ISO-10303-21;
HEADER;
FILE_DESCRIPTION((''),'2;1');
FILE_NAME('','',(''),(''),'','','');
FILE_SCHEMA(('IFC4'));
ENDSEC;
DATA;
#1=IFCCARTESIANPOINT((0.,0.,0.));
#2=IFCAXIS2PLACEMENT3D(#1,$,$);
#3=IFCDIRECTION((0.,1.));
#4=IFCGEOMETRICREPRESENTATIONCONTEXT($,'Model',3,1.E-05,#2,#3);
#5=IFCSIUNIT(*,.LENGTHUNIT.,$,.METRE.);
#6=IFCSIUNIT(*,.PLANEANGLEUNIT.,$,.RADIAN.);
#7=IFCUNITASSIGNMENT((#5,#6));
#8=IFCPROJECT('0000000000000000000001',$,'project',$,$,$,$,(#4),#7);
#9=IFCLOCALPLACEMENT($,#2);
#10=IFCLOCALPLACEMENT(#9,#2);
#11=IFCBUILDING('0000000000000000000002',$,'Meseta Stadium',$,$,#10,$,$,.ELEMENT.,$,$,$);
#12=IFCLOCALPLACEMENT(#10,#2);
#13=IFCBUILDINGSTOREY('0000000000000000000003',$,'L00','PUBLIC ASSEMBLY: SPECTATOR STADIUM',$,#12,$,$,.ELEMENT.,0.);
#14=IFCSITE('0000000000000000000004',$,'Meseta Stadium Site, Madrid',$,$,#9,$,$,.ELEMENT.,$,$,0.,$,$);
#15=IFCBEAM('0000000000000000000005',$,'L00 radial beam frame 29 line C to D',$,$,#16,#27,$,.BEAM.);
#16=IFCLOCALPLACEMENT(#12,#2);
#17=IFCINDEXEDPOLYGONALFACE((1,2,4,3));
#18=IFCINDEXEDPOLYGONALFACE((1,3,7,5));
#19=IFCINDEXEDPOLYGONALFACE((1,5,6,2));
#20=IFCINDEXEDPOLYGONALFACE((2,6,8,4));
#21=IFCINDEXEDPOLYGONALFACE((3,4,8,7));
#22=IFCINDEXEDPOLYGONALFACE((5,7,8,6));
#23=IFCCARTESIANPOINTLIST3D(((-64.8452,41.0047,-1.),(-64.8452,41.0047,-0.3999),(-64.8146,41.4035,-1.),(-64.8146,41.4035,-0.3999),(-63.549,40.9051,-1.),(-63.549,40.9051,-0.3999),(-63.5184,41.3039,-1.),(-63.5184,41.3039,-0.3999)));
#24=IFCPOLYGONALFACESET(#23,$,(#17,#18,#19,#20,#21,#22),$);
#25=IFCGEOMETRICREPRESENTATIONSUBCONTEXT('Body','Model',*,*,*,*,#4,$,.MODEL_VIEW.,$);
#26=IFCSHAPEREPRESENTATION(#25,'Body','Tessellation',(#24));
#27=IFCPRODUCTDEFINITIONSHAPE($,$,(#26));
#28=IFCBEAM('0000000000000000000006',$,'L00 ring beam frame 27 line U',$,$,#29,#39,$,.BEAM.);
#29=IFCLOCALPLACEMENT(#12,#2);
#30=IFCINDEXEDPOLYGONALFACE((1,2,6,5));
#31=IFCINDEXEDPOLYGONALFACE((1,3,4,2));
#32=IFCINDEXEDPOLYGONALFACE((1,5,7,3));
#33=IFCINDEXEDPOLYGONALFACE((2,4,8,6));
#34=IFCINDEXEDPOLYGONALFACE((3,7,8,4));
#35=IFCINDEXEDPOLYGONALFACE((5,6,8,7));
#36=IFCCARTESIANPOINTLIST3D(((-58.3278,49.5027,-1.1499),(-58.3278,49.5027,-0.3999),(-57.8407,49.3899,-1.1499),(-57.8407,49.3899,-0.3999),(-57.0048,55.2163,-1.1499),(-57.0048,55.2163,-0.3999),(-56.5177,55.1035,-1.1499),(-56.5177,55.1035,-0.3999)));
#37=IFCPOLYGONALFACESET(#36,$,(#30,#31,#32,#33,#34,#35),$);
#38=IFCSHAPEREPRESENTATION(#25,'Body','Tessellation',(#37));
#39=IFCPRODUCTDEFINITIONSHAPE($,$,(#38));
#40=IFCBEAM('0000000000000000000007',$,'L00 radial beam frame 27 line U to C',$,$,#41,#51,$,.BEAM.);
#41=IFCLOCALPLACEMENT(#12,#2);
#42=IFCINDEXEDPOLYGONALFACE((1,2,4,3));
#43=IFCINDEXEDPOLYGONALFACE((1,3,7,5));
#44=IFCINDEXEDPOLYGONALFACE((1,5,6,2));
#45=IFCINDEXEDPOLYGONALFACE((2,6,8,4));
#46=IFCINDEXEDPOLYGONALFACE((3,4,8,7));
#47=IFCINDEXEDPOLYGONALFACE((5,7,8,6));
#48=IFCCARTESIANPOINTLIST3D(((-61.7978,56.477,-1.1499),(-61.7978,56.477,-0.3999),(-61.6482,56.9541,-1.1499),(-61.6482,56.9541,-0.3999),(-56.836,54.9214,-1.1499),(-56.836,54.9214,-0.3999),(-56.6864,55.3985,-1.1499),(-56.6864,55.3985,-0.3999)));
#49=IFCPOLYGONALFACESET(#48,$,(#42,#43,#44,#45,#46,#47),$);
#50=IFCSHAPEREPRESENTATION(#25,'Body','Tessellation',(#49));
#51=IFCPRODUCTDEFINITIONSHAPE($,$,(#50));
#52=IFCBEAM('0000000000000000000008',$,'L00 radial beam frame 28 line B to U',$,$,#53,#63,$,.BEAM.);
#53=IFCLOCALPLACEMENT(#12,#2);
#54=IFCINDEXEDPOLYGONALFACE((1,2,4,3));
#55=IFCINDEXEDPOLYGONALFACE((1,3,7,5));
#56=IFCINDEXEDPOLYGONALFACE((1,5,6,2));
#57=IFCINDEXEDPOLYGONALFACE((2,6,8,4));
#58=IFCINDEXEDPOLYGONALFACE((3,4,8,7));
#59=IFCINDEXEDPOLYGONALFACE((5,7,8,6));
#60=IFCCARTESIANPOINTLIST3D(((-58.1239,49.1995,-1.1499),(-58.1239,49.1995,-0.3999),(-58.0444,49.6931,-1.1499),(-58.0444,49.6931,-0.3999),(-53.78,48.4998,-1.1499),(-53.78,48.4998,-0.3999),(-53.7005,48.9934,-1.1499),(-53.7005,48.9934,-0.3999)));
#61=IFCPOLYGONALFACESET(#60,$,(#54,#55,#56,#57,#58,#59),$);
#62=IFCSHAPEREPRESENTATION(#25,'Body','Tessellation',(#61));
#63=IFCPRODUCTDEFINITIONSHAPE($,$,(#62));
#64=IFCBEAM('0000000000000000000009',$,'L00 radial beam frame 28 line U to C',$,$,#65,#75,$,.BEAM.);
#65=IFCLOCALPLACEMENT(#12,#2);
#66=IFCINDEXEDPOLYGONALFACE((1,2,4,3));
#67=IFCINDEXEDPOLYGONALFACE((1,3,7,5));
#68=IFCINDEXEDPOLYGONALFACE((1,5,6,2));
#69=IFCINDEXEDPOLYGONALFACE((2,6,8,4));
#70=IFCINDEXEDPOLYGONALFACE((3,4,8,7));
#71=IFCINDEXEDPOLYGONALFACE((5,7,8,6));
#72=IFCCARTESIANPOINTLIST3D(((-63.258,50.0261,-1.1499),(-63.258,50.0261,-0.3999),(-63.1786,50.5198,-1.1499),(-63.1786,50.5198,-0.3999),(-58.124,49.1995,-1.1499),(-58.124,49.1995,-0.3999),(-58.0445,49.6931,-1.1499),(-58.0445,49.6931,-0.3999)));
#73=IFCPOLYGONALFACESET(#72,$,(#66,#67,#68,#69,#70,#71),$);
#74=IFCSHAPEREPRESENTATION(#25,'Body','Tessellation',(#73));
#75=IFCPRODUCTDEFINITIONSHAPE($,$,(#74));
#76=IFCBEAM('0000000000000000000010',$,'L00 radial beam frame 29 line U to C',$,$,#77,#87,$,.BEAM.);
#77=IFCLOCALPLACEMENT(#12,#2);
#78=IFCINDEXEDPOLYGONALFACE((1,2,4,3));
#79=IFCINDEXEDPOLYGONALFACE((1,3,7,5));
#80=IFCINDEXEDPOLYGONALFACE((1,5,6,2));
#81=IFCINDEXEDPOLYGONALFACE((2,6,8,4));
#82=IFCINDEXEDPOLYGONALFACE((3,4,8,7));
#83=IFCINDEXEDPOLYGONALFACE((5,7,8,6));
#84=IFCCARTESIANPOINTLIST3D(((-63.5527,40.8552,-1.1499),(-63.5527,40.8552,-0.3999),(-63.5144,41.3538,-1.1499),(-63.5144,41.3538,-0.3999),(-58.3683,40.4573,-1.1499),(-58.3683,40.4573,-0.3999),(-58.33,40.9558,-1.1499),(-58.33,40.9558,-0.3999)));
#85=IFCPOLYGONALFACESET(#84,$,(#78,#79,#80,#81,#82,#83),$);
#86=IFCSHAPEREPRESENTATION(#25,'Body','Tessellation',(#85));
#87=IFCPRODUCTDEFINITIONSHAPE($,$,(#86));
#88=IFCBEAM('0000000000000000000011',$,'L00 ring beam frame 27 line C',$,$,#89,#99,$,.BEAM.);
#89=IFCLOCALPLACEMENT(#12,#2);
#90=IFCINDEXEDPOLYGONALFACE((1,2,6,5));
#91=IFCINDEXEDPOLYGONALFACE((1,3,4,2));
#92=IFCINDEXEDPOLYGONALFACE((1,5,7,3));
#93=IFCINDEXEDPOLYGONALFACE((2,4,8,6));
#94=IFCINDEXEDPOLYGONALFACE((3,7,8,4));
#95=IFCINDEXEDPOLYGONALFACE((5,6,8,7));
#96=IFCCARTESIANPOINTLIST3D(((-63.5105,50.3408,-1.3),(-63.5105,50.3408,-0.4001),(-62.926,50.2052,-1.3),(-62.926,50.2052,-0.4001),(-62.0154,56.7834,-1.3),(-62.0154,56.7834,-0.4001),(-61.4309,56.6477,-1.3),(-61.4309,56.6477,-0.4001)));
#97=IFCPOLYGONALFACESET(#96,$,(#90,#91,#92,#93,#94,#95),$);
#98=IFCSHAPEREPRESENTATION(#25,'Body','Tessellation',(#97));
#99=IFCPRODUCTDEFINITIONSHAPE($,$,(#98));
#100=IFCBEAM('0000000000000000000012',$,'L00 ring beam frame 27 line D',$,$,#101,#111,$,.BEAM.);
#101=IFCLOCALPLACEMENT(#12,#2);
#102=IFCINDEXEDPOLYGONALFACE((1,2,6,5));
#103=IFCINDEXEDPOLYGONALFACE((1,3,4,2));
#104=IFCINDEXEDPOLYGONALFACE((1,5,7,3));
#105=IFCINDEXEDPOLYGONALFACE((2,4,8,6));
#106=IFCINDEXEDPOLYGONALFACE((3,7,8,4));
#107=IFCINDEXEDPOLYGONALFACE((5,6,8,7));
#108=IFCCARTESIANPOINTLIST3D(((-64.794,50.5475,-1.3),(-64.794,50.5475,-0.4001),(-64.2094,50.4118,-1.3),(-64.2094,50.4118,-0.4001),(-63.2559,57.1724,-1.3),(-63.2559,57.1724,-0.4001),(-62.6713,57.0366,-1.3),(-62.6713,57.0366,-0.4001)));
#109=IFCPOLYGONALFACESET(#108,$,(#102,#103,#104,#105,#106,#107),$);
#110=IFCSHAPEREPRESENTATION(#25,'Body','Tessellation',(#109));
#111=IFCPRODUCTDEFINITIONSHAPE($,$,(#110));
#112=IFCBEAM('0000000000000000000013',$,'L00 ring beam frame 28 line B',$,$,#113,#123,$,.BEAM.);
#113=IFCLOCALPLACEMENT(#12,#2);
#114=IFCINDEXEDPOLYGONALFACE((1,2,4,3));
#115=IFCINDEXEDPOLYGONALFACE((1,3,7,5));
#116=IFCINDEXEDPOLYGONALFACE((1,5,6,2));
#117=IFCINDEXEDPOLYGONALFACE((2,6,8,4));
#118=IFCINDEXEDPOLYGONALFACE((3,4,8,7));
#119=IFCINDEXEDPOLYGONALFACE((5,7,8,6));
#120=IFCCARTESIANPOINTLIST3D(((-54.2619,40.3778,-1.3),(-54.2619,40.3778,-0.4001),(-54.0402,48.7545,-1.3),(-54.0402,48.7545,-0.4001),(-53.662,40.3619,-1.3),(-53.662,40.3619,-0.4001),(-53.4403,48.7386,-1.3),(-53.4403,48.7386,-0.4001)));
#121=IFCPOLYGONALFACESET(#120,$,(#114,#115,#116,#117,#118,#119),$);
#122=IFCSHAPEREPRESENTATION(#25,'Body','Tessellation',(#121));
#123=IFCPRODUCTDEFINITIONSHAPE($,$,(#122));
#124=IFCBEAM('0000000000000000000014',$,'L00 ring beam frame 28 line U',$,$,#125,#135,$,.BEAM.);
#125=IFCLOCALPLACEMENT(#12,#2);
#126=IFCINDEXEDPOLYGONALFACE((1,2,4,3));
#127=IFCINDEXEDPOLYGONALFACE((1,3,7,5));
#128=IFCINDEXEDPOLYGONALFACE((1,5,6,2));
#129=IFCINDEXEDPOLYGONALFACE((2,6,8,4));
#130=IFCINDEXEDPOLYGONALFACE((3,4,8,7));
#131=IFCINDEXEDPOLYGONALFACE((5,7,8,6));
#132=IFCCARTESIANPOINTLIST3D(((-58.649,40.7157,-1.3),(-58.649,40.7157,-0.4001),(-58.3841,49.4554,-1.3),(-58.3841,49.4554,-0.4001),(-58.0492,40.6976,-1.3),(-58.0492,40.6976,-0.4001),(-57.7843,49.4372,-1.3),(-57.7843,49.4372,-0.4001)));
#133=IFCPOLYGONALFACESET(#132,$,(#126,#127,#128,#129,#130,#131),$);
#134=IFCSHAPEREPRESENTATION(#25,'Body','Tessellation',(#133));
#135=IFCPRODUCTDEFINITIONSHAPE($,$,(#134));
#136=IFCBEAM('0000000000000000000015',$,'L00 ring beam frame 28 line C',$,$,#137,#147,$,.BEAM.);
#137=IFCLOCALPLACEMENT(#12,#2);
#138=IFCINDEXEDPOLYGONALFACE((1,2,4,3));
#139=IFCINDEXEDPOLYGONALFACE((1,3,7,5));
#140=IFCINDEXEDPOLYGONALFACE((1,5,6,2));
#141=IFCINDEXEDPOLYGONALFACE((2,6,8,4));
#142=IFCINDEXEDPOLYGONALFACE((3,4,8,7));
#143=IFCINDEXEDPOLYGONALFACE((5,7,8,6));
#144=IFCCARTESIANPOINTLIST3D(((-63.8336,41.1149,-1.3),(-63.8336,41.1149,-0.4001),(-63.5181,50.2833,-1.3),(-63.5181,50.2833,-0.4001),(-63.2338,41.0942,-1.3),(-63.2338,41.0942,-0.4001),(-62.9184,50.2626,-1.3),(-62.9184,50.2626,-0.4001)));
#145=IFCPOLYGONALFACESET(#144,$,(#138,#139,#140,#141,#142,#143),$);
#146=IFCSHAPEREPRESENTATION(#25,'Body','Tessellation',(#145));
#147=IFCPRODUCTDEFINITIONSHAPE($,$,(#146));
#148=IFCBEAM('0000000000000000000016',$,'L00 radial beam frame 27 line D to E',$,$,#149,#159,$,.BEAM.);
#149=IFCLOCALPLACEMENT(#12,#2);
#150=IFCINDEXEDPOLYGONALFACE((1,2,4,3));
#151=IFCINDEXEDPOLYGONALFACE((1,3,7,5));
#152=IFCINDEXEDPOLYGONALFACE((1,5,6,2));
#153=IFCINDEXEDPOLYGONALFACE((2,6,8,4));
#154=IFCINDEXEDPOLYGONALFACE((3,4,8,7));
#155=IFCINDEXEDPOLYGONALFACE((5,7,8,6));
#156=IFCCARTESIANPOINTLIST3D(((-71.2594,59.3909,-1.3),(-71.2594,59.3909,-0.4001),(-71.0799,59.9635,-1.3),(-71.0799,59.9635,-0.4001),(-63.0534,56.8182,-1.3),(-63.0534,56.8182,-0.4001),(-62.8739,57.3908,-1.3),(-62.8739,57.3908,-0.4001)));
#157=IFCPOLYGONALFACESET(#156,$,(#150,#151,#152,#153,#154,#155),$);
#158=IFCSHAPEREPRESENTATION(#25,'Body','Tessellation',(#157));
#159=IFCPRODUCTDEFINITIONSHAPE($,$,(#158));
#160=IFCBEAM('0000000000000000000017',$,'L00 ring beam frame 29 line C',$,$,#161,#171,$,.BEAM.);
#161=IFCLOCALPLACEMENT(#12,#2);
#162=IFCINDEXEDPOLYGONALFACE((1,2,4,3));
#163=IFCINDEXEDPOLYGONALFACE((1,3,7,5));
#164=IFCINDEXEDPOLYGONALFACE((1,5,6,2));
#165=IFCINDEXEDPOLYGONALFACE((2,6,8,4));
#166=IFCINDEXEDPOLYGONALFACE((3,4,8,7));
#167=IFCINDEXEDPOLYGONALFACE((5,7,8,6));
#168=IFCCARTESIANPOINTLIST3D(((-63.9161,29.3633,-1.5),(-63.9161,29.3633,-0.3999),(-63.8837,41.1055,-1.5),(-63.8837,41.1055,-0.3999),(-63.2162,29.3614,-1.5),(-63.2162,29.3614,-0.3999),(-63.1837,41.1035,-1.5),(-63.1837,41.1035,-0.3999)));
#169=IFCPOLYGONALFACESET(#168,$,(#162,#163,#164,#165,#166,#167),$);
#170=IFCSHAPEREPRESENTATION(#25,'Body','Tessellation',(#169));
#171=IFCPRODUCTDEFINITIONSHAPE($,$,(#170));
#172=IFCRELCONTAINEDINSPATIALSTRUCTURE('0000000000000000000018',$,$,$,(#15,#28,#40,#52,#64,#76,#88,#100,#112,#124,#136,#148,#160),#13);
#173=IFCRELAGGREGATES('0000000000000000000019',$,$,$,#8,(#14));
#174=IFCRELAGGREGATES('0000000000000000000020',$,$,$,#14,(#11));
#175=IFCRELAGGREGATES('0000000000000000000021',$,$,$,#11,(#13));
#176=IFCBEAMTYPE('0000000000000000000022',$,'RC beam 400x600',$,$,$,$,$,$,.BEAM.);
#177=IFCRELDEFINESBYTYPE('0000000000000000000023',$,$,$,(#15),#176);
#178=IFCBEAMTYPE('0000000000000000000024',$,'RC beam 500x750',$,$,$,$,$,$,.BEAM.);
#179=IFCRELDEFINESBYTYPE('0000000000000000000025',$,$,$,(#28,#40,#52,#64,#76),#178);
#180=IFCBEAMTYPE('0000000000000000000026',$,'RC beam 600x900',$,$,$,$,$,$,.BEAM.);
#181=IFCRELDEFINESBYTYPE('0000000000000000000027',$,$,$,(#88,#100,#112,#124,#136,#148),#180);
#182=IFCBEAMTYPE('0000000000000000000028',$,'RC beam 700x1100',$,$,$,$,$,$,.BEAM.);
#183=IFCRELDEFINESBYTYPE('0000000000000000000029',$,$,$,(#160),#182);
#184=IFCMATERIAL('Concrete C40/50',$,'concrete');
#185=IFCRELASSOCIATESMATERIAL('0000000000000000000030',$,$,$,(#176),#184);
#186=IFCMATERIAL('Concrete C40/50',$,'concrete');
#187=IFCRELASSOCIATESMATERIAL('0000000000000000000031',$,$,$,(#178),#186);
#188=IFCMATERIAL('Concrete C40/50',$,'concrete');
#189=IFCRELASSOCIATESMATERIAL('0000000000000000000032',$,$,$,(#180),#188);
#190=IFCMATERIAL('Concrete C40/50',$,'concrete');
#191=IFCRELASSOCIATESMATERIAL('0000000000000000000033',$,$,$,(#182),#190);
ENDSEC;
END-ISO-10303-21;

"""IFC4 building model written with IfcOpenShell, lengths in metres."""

from ifc_helpers import new_model, si_unit, direction, frame, origin, origin_2d, place, context, subcontext, project, spatial, rectangle, extrude, material, material_profile, profile_set, type_object, element, save


model = new_model("IFC4")

# Units and contexts
model_context = context("Model", 3, precision=1e-05, world=origin(), true_north=direction((0.0, 1.0)))
body_context = subcontext(model_context, "Body", "Model", "MODEL_VIEW")
ifc_project = project(units=[si_unit("LENGTHUNIT", "METRE"), si_unit("PLANEANGLEUNIT", "RADIAN")], contexts=[model_context])

# Site, building, storey
site_placement = place(None, origin())
site = spatial("IfcSite", under=ifc_project, at=site_placement, Name="Meseta Stadium Site, Madrid", CompositionType="ELEMENT", RefElevation=0.0)
building_placement = place(site_placement, origin())
building = spatial("IfcBuilding", under=site, at=building_placement, Name="Meseta Stadium", CompositionType="ELEMENT")
storey_placement = place(building_placement, origin())
storey = spatial("IfcBuildingStorey", under=building, at=storey_placement, Name="L00", Description="PUBLIC ASSEMBLY: SPECTATOR STADIUM", CompositionType="ELEMENT", Elevation=0.0)

# Beams
ifc_material_1 = material(Name="Concrete C40/50", Category="concrete")
ifc_material_profile_1 = material_profile(ifc_material_1, rectangle(XDim=0.3999, YDim=0.6001, at=origin_2d()), Name="RC 400x600")
ifc_profile_set_1 = profile_set([ifc_material_profile_1], Name="Concrete C40/50")
beam_type_1 = type_object("IfcBeamType", Name="RC beam 400x600", PredefinedType="BEAM", material=ifc_profile_set_1)
for number, where, z_axis, x_axis, name in (
    (1, (-63.5337, 41.1045, -0.7), (-0.99706, 0.076625, 0.0), (-0.076625, -0.99706, 0.0), "L00 radial beam frame 29 line C to D"),
):
    element("IfcBeam", number, at=place(storey_placement, frame(where, z_axis=z_axis, x_axis=x_axis)), inside=storey, type_object=beam_type_1, Name=name, PredefinedType="BEAM", context=body_context, shape_type="SweptSolid", body=[
        extrude(rectangle(XDim=0.3999, YDim=0.6001, at=origin_2d()), origin(), (0.0, 0.0, 1.0), 1.3),
    ])
ifc_material_2 = material(Name="Concrete C40/50", Category="concrete")
ifc_material_profile_2 = material_profile(ifc_material_2, rectangle(XDim=0.5, YDim=0.75, at=origin_2d()), Name="RC 500x750")
ifc_profile_set_2 = profile_set([ifc_material_profile_2], Name="Concrete C40/50")
beam_type_2 = type_object("IfcBeamType", Name="RC beam 500x750", PredefinedType="BEAM", material=ifc_profile_set_2)
beam_1_placement = place(storey_placement, frame((-56.7612, 55.1599, -0.7749), z_axis=(-0.225583, -0.974224, 0.0), x_axis=(0.974224, -0.225583, 0.0)))
element("IfcBeam", 2, at=beam_1_placement, inside=storey, type_object=beam_type_2, Name="L00 ring beam frame 27 line U", PredefinedType="BEAM", context=body_context, shape_type="SweptSolid", body=[
    extrude(rectangle(XDim=0.5, YDim=0.75, at=origin_2d()), origin(), (0.0, 0.0, 1.0), 5.8647),
])
beam_2_placement = place(storey_placement, frame((-56.7612, 55.1599, -0.7749), z_axis=(-0.954202, 0.299162, 0.0), x_axis=(-0.299162, -0.954202, 0.0)))
element("IfcBeam", 3, at=beam_2_placement, inside=storey, type_object=beam_type_2, Name="L00 radial beam frame 27 line U to C", PredefinedType="BEAM", context=body_context, shape_type="SweptSolid", body=[
    extrude(rectangle(XDim=0.5, YDim=0.75, at=origin_2d()), origin(), (0.0, 0.0, 1.0), 5.2),
])
beam_3_placement = place(storey_placement, frame((-53.7402, 48.7466, -0.7749), z_axis=(-0.987275, 0.159025, 0.0), x_axis=(-0.159025, -0.987275, 0.0)))
element("IfcBeam", 4, at=beam_3_placement, inside=storey, type_object=beam_type_2, Name="L00 radial beam frame 28 line B to U", PredefinedType="BEAM", context=body_context, shape_type="SweptSolid", body=[
    extrude(rectangle(XDim=0.5, YDim=0.75, at=origin_2d()), origin(), (0.0, 0.0, 1.0), 4.3999),
])
beam_4_placement = place(storey_placement, frame((-58.0842, 49.4463, -0.7749), z_axis=(-0.987284, 0.158968, 0.0), x_axis=(-0.158968, -0.987284, 0.0)))
element("IfcBeam", 5, at=beam_4_placement, inside=storey, type_object=beam_type_2, Name="L00 radial beam frame 28 line U to C", PredefinedType="BEAM", context=body_context, shape_type="SweptSolid", body=[
    extrude(rectangle(XDim=0.5, YDim=0.75, at=origin_2d()), origin(), (0.0, 0.0, 1.0), 5.2002),
])
beam_5_placement = place(storey_placement, frame((-58.3491, 40.7065, -0.7749), z_axis=(-0.997067, 0.076531, 0.0), x_axis=(-0.076531, -0.997067, 0.0)))
element("IfcBeam", 6, at=beam_5_placement, inside=storey, type_object=beam_type_2, Name="L00 radial beam frame 29 line U to C", PredefinedType="BEAM", context=body_context, shape_type="SweptSolid", body=[
    extrude(rectangle(XDim=0.5, YDim=0.75, at=origin_2d()), origin(), (0.0, 0.0, 1.0), 5.1997),
])
ifc_material_3 = material(Name="Concrete C40/50", Category="concrete")
ifc_material_profile_3 = material_profile(ifc_material_3, rectangle(XDim=0.6001, YDim=0.8999, at=origin_2d()), Name="RC 600x900")
ifc_profile_set_3 = profile_set([ifc_material_profile_3], Name="Concrete C40/50")
beam_type_3 = type_object("IfcBeamType", Name="RC beam 600x900", PredefinedType="BEAM", material=ifc_profile_set_3)
beam_6_placement = place(storey_placement, frame((-61.7231, 56.7156, -0.8501), z_axis=(-0.226059, -0.974114, 0.0), x_axis=(0.974114, -0.226059, 0.0)))
element("IfcBeam", 7, at=beam_6_placement, inside=storey, type_object=beam_type_3, Name="L00 ring beam frame 27 line C", PredefinedType="BEAM", context=body_context, shape_type="SweptSolid", body=[
    extrude(rectangle(XDim=0.6001, YDim=0.8999, at=origin_2d()), origin(), (0.0, 0.0, 1.0), 6.6138),
])
beam_7_placement = place(storey_placement, frame((-62.9636, 57.1045, -0.8501), z_axis=(-0.226157, -0.974091, 0.0), x_axis=(0.974091, -0.226157, 0.0)))
element("IfcBeam", 8, at=beam_7_placement, inside=storey, type_object=beam_type_3, Name="L00 ring beam frame 27 line D", PredefinedType="BEAM", context=body_context, shape_type="SweptSolid", body=[
    extrude(rectangle(XDim=0.6001, YDim=0.8999, at=origin_2d()), origin(), (0.0, 0.0, 1.0), 6.801),
])
beam_8_placement = place(storey_placement, frame((-53.7402, 48.7466, -0.8501), z_axis=(-0.026455, -0.99965, 0.0), x_axis=(0.99965, -0.026455, 0.0)))
element("IfcBeam", 9, at=beam_8_placement, inside=storey, type_object=beam_type_3, Name="L00 ring beam frame 28 line B", PredefinedType="BEAM", context=body_context, shape_type="SweptSolid", body=[
    extrude(rectangle(XDim=0.6001, YDim=0.8999, at=origin_2d()), origin(), (0.0, 0.0, 1.0), 8.3796),
])
beam_9_placement = place(storey_placement, frame((-58.0842, 49.4463, -0.8501), z_axis=(-0.030295, -0.999541, 0.0), x_axis=(0.999541, -0.030295, 0.0)))
element("IfcBeam", 10, at=beam_9_placement, inside=storey, type_object=beam_type_3, Name="L00 ring beam frame 28 line U", PredefinedType="BEAM", context=body_context, shape_type="SweptSolid", body=[
    extrude(rectangle(XDim=0.6001, YDim=0.8999, at=origin_2d()), origin(), (0.0, 0.0, 1.0), 8.7437),
])
beam_10_placement = place(storey_placement, frame((-63.2183, 50.2729, -0.8501), z_axis=(-0.034383, -0.999409, 0.0), x_axis=(0.999409, -0.034383, 0.0)))
element("IfcBeam", 11, at=beam_10_placement, inside=storey, type_object=beam_type_3, Name="L00 ring beam frame 28 line C", PredefinedType="BEAM", context=body_context, shape_type="SweptSolid", body=[
    extrude(rectangle(XDim=0.6001, YDim=0.8999, at=origin_2d()), origin(), (0.0, 0.0, 1.0), 9.1738),
])
beam_11_placement = place(storey_placement, frame((-62.9636, 57.1045, -0.8501), z_axis=(-0.954203, 0.299161, 0.0), x_axis=(-0.299161, -0.954203, 0.0)))
element("IfcBeam", 12, at=beam_11_placement, inside=storey, type_object=beam_type_3, Name="L00 radial beam frame 27 line D to E", PredefinedType="BEAM", context=body_context, shape_type="SweptSolid", body=[
    extrude(rectangle(XDim=0.6001, YDim=0.8999, at=origin_2d()), origin(), (0.0, 0.0, 1.0), 8.5999),
])
ifc_material_4 = material(Name="Concrete C40/50", Category="concrete")
ifc_material_profile_4 = material_profile(ifc_material_4, rectangle(XDim=0.7, YDim=1.1001, at=origin_2d()), Name="RC 700x1100")
ifc_profile_set_4 = profile_set([ifc_material_profile_4], Name="Concrete C40/50")
beam_type_4 = type_object("IfcBeamType", Name="RC beam 700x1100", PredefinedType="BEAM", material=ifc_profile_set_4)
beam_12_placement = place(storey_placement, frame((-63.5337, 41.1045, -0.95), z_axis=(-0.002765, -0.999996, 0.0), x_axis=(0.999996, -0.002765, 0.0)))
element("IfcBeam", 13, at=beam_12_placement, inside=storey, type_object=beam_type_4, Name="L00 ring beam frame 29 line C", PredefinedType="BEAM", context=body_context, shape_type="SweptSolid", body=[
    extrude(rectangle(XDim=0.7, YDim=1.1001, at=origin_2d()), origin(), (0.0, 0.0, 1.0), 11.7422),
])

save(model, "model.ifc")
